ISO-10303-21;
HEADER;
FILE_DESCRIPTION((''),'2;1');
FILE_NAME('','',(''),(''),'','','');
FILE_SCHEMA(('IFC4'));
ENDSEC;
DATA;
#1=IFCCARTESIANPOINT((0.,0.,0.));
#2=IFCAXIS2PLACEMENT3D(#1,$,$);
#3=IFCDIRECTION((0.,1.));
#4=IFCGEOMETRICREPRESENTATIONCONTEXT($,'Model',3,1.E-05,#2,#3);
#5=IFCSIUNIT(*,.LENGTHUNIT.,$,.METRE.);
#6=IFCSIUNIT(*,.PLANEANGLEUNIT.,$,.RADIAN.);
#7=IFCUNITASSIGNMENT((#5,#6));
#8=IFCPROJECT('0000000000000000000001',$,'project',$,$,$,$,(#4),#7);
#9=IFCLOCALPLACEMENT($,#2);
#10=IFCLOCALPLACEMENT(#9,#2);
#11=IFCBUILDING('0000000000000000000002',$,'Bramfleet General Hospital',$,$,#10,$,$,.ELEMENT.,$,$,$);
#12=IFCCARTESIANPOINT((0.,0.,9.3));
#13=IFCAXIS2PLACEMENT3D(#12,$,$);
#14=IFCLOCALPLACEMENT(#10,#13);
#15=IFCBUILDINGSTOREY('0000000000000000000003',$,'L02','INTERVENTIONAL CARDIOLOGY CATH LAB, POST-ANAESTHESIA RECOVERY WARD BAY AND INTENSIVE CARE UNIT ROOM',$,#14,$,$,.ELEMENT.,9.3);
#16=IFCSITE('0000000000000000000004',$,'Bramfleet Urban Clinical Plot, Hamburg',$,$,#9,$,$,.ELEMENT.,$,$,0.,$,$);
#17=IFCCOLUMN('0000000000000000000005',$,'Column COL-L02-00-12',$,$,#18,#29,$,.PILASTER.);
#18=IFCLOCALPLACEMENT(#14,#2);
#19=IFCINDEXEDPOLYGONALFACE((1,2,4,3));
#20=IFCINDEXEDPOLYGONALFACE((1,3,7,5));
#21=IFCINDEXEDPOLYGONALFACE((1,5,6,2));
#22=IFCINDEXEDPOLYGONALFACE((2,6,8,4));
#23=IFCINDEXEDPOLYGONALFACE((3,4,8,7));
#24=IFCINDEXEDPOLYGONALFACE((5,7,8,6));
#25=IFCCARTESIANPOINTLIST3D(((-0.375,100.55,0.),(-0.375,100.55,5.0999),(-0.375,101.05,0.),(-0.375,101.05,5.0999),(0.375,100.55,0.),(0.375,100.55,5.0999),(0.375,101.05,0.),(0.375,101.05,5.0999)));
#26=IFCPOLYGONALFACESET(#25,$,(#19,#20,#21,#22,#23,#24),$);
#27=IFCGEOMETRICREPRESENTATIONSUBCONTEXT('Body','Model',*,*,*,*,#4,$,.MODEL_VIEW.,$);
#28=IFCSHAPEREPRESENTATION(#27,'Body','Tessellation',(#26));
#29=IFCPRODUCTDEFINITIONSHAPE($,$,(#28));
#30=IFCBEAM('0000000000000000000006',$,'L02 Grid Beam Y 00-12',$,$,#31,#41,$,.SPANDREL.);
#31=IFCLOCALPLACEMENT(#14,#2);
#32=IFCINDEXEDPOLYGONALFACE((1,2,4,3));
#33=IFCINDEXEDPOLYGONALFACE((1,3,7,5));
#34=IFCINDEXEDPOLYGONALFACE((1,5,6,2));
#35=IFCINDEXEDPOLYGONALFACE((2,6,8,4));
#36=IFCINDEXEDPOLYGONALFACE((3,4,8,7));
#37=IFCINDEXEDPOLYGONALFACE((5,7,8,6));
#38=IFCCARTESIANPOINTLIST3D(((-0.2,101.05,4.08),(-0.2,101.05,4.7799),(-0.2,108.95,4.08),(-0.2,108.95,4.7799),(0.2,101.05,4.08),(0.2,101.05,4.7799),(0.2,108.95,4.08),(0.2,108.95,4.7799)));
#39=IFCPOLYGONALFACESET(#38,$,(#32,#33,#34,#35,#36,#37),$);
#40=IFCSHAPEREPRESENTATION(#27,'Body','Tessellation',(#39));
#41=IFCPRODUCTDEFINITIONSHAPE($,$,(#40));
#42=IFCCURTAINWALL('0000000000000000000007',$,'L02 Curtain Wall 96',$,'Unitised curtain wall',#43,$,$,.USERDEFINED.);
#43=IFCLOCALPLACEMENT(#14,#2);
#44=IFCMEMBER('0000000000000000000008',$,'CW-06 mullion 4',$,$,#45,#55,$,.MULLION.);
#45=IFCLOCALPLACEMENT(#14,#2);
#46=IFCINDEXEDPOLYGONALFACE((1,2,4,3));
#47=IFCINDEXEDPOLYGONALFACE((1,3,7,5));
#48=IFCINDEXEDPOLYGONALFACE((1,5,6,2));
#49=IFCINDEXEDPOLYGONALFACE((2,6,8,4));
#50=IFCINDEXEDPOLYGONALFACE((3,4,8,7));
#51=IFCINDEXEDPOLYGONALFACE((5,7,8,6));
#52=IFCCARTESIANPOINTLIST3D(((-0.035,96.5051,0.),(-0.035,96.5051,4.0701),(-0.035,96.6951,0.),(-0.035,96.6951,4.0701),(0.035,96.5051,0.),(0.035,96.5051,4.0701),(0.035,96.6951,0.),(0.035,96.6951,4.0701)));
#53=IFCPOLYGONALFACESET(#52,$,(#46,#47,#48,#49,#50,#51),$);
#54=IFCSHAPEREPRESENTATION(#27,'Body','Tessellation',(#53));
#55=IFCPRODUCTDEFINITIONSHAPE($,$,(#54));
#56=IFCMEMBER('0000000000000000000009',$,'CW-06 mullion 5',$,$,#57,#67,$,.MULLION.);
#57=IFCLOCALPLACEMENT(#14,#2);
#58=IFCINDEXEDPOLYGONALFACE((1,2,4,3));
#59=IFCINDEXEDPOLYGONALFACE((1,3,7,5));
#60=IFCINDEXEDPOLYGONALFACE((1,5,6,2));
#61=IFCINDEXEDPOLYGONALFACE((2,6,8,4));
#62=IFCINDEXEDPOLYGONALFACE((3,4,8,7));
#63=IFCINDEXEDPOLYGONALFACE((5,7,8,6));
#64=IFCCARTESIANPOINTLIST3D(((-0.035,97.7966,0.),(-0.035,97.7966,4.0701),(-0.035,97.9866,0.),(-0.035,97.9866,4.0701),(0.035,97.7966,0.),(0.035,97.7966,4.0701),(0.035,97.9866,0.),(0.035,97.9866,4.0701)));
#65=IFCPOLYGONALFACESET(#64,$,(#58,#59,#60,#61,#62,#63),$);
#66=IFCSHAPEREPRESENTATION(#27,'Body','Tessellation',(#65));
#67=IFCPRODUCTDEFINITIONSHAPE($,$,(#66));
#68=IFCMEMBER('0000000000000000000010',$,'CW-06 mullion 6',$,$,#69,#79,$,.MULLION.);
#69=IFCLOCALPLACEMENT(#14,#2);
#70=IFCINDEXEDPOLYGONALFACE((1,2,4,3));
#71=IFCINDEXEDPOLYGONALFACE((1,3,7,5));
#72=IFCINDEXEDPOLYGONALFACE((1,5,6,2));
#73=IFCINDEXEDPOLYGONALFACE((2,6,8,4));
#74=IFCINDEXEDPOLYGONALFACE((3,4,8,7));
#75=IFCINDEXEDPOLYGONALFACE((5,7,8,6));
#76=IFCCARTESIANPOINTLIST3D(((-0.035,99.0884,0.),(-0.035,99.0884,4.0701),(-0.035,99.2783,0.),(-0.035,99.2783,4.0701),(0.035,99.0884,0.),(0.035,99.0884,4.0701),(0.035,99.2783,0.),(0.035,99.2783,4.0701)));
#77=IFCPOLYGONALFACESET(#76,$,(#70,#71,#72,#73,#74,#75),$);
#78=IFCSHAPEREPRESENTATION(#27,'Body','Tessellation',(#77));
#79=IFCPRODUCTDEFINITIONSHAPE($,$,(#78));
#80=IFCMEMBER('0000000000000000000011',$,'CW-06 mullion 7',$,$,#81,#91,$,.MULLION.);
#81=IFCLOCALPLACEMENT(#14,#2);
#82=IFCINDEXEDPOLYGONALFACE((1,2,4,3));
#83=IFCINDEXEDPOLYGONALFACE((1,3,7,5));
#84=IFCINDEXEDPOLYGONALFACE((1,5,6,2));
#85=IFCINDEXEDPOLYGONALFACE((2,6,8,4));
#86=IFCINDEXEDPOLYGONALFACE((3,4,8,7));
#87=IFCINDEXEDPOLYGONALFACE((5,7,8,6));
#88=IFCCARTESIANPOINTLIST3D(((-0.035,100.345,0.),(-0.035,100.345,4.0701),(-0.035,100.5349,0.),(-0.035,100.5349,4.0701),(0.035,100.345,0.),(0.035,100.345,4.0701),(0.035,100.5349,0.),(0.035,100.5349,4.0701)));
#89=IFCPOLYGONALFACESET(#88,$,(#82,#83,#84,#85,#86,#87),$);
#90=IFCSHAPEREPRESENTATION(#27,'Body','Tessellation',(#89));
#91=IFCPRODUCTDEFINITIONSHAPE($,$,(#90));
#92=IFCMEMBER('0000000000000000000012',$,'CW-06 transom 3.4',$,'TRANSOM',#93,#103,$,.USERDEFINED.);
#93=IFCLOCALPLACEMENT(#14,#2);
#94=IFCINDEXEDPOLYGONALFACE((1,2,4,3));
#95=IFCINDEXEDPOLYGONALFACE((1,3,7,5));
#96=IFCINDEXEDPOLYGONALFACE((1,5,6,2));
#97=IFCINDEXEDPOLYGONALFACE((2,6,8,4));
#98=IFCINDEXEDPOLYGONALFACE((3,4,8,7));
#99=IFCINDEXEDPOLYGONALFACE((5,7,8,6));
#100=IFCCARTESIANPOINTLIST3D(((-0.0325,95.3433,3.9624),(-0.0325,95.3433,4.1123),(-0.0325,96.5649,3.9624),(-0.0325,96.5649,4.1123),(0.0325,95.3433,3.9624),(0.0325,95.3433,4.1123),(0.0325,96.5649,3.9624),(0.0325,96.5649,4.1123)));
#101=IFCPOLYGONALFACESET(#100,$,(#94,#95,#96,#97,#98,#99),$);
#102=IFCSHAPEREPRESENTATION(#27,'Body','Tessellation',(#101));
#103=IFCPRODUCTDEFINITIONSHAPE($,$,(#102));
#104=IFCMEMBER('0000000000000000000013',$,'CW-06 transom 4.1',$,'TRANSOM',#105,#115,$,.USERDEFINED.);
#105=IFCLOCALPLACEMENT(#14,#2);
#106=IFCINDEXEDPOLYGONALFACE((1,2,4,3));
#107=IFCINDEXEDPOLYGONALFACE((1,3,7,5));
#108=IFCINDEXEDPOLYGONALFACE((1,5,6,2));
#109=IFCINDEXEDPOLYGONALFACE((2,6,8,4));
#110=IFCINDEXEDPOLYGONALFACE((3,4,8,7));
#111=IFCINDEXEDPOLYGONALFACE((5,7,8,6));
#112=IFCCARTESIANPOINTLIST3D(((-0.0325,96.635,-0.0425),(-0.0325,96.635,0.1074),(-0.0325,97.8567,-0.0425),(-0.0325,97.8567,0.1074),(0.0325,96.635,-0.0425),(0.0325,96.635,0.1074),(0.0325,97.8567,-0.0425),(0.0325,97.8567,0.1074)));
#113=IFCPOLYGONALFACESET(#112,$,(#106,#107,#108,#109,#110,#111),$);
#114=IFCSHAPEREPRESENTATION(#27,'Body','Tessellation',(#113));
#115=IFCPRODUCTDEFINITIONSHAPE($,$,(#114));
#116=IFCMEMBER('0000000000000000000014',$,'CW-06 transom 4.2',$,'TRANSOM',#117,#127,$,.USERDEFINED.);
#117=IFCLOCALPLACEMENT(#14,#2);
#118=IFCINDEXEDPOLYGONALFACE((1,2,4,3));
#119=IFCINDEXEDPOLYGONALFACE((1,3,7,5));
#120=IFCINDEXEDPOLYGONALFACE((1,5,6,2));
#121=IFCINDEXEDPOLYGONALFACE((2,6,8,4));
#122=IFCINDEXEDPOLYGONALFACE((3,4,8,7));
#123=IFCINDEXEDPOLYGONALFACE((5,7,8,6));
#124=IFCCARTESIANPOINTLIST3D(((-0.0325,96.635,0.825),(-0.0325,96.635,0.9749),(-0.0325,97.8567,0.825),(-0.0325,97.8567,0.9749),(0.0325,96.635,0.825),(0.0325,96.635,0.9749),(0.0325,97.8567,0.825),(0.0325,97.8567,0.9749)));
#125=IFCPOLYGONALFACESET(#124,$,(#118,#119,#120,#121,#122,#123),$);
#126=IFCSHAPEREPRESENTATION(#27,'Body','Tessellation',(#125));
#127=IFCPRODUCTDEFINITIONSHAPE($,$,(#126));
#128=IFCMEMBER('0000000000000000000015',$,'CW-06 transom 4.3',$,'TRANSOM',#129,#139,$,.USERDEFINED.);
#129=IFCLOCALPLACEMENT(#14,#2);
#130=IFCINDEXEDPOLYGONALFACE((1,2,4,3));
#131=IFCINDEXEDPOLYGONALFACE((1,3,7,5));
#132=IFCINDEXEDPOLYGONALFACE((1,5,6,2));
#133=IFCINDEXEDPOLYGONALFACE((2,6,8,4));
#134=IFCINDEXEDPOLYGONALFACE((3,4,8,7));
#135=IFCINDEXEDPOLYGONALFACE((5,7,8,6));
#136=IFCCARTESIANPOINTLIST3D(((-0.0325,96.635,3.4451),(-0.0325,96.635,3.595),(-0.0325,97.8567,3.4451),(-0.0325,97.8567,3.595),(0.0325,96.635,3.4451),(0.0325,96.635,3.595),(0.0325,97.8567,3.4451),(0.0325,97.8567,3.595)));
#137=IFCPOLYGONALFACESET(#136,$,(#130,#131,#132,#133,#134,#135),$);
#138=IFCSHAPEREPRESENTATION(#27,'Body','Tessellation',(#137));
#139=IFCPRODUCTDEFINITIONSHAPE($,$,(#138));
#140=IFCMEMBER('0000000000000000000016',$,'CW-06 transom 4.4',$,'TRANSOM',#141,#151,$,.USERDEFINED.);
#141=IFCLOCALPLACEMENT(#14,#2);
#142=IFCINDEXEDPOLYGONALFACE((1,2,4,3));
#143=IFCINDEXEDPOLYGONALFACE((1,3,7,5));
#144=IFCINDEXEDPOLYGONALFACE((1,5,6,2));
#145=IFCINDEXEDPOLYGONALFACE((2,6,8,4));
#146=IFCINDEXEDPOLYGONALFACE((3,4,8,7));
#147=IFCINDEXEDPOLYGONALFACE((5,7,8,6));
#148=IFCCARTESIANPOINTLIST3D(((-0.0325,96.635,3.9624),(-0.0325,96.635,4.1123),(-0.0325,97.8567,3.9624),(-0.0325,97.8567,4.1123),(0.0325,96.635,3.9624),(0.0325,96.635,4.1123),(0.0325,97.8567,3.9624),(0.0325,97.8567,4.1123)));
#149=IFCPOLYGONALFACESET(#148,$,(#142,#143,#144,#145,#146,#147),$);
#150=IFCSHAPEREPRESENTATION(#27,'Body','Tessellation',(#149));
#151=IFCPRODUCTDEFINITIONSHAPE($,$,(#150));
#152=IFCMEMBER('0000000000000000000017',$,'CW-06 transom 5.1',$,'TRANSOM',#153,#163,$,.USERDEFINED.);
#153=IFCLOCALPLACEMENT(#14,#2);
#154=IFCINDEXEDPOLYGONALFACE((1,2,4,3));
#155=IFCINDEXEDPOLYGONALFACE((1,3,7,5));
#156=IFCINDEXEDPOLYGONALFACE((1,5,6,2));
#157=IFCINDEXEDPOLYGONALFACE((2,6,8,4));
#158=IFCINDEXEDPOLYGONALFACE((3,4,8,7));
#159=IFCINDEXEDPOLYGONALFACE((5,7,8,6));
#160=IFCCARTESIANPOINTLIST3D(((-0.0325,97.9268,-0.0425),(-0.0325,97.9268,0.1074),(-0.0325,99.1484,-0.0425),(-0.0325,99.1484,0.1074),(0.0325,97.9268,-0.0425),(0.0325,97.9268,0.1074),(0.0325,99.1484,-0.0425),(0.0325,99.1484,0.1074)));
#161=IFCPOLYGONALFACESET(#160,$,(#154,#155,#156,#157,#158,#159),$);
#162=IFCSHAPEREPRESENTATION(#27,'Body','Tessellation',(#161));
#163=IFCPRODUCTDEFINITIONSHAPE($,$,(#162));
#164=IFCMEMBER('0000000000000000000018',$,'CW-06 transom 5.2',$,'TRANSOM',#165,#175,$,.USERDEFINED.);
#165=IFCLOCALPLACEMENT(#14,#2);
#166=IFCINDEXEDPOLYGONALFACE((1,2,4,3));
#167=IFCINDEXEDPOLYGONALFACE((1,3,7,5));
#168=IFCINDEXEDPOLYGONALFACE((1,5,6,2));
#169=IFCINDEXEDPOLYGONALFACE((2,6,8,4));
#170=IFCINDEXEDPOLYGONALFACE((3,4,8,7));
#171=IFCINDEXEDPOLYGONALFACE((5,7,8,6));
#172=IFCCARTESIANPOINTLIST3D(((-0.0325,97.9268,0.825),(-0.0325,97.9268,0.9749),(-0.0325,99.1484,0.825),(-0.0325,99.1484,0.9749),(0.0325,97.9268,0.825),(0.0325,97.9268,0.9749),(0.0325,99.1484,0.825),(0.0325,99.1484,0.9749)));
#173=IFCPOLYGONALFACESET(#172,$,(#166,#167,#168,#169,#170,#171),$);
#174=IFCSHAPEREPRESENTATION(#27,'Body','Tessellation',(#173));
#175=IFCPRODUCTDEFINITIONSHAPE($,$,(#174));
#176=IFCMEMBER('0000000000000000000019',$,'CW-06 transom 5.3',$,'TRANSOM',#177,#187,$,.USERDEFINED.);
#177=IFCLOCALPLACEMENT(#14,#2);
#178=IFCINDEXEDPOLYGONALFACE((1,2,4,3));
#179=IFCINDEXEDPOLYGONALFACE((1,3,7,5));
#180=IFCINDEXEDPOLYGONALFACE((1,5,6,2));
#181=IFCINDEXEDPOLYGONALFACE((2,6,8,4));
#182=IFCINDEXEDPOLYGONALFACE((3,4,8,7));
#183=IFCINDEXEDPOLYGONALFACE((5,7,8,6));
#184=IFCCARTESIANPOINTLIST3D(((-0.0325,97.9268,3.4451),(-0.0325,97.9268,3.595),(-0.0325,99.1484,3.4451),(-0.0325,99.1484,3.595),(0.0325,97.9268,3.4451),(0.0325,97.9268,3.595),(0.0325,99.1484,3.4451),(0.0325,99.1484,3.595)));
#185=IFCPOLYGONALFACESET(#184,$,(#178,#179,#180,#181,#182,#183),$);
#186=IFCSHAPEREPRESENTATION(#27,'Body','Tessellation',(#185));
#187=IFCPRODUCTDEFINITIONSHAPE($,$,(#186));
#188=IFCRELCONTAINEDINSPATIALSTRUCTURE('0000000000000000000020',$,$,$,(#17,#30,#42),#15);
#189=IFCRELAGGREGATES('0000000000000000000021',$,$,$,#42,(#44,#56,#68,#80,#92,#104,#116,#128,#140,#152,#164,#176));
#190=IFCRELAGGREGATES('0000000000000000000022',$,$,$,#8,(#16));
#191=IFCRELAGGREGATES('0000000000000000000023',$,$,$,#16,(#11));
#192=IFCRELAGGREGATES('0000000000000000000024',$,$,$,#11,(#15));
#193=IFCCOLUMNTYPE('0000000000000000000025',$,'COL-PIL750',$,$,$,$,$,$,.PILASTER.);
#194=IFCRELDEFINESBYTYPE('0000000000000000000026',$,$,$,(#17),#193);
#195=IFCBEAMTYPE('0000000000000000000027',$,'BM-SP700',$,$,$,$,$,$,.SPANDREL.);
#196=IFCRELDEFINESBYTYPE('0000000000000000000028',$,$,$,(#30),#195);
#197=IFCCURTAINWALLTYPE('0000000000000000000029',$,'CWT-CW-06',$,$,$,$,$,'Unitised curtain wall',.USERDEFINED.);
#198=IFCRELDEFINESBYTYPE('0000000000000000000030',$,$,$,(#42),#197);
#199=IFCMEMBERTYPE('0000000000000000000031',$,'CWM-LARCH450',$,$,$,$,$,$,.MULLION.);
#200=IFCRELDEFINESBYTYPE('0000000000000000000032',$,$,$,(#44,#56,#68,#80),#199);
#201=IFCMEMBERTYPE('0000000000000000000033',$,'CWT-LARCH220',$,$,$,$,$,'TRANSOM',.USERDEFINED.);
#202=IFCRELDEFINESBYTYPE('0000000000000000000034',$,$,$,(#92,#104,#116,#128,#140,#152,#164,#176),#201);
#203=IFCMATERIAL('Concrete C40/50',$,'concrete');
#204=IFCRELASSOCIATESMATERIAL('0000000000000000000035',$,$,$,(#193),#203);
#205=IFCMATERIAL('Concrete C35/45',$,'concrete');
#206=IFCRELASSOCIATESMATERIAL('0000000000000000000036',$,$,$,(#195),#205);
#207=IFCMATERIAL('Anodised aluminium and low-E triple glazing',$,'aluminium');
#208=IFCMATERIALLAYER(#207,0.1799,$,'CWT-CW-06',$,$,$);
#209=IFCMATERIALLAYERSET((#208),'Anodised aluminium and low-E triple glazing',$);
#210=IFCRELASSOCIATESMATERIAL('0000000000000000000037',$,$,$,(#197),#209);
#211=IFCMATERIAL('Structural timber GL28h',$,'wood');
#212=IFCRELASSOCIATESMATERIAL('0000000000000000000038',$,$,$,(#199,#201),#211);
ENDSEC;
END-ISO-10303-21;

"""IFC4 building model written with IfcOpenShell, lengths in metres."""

from ifc_helpers import new_model, si_unit, direction, frame, origin, origin_2d, place, context, subcontext, project, spatial, rectangle, extrude, material, layer, layer_set, material_profile, profile_set, type_object, element, aggregate, save


model = new_model("IFC4")

# Units and contexts
model_context = context("Model", 3, precision=1e-05, world=origin(), true_north=direction((0.0, 1.0)))
body_context = subcontext(model_context, "Body", "Model", "MODEL_VIEW")
ifc_project = project(units=[si_unit("LENGTHUNIT", "METRE"), si_unit("PLANEANGLEUNIT", "RADIAN")], contexts=[model_context])

# Site, building, storey
site_placement = place(None, origin())
site = spatial("IfcSite", under=ifc_project, at=site_placement, Name="Bramfleet Urban Clinical Plot, Hamburg", CompositionType="ELEMENT", RefElevation=0.0)
building_placement = place(site_placement, origin())
building = spatial("IfcBuilding", under=site, at=building_placement, Name="Bramfleet General Hospital", CompositionType="ELEMENT")
storey_placement = place(building_placement, frame((0.0, 0.0, 9.3)))
storey = spatial("IfcBuildingStorey", under=building, at=storey_placement, Name="L02", Description="INTERVENTIONAL CARDIOLOGY CATH LAB, POST-ANAESTHESIA RECOVERY WARD BAY AND INTENSIVE CARE UNIT ROOM", CompositionType="ELEMENT", Elevation=9.3)

# Column
ifc_material_1 = material(Name="Concrete C40/50", Category="concrete")
ifc_material_profile_1 = material_profile(ifc_material_1, rectangle(XDim=0.5, YDim=0.75, at=origin_2d()), Name="RC PIL 750x500")
ifc_profile_set_1 = profile_set([ifc_material_profile_1], Name="Concrete C40/50")
column_type = type_object("IfcColumnType", Name="COL-PIL750", PredefinedType="PILASTER", material=ifc_profile_set_1)
column_placement = place(storey_placement, frame((0.0, 100.8, 0.0), z_axis=(0.0, 0.0, 1.0), x_axis=(0.0, 1.0, 0.0)))
element("IfcColumn", 1, at=column_placement, inside=storey, type_object=column_type, Name="Column COL-L02-00-12", PredefinedType="PILASTER", context=body_context, shape_type="SweptSolid", body=[
    extrude(rectangle(XDim=0.5, YDim=0.75, at=origin_2d()), origin(), (0.0, 0.0, 1.0), 5.0999),
])

# Beam
ifc_material_2 = material(Name="Concrete C35/45", Category="concrete")
ifc_material_profile_2 = material_profile(ifc_material_2, rectangle(XDim=0.3999, YDim=0.7, at=origin_2d()), Name="RC SP 700x400")
ifc_profile_set_2 = profile_set([ifc_material_profile_2], Name="Concrete C35/45")
beam_type = type_object("IfcBeamType", Name="BM-SP700", PredefinedType="SPANDREL", material=ifc_profile_set_2)
beam_placement = place(storey_placement, frame((0.0, 101.05, 4.4299), z_axis=(0.0, 1.0, 0.0), x_axis=(-1.0, 0.0, 0.0)))
element("IfcBeam", 2, at=beam_placement, inside=storey, type_object=beam_type, Name="L02 Grid Beam Y 00-12", PredefinedType="SPANDREL", context=body_context, shape_type="SweptSolid", body=[
    extrude(rectangle(XDim=0.3999, YDim=0.7, at=origin_2d()), origin(), (0.0, 0.0, 1.0), 7.8999),
])

# Curtain wall, members
ifc_material_3 = material(Name="Anodised aluminium and low-E triple glazing", Category="aluminium")
ifc_layer_1 = layer(ifc_material_3, 0.1799, Name="CWT-CW-06")
ifc_layer_set_1 = layer_set([ifc_layer_1], Name="Anodised aluminium and low-E triple glazing")
curtain_wall_type = type_object("IfcCurtainWallType", Name="CWT-CW-06", ElementType="Unitised curtain wall", PredefinedType="USERDEFINED", material=ifc_layer_set_1)
curtain_wall_placement = place(storey_placement, origin())
curtain_wall = element("IfcCurtainWall", 3, at=curtain_wall_placement, inside=storey, type_object=curtain_wall_type, Name="L02 Curtain Wall 96", ObjectType="Unitised curtain wall", PredefinedType="USERDEFINED")
ifc_material_4 = material(Name="Structural timber GL28h", Category="wood")
ifc_material_profile_3 = material_profile(ifc_material_4, rectangle(XDim=0.0701, YDim=0.1899, at=origin_2d()), Name="LARCH 190x70")
ifc_profile_set_3 = profile_set([ifc_material_profile_3], Name="Structural timber GL28h")
member_type_1 = type_object("IfcMemberType", Name="CWM-LARCH450", PredefinedType="MULLION", material=ifc_profile_set_3)
member_1_placement = place(storey_placement, frame((0.0, 96.6001, 0.0), z_axis=(0.0, 0.0, 1.0), x_axis=(-1.0, 0.0, 0.0)))
member_1 = element("IfcMember", 4, at=member_1_placement, type_object=member_type_1, Name="CW-06 mullion 4", PredefinedType="MULLION", context=body_context, shape_type="SweptSolid", body=[
    extrude(rectangle(XDim=0.0701, YDim=0.1899, at=origin_2d()), origin(), (0.0, 0.0, 1.0), 4.0701),
])
member_2_placement = place(storey_placement, frame((0.0, 97.8916, 0.0), z_axis=(0.0, 0.0, 1.0), x_axis=(-1.0, 0.0, 0.0)))
member_2 = element("IfcMember", 5, at=member_2_placement, type_object=member_type_1, Name="CW-06 mullion 5", PredefinedType="MULLION", context=body_context, shape_type="SweptSolid", body=[
    extrude(rectangle(XDim=0.0701, YDim=0.1899, at=origin_2d()), origin(), (0.0, 0.0, 1.0), 4.0701),
])
member_3_placement = place(storey_placement, frame((0.0, 99.1833, 0.0), z_axis=(0.0, 0.0, 1.0), x_axis=(-1.0, 0.0, 0.0)))
member_3 = element("IfcMember", 6, at=member_3_placement, type_object=member_type_1, Name="CW-06 mullion 6", PredefinedType="MULLION", context=body_context, shape_type="SweptSolid", body=[
    extrude(rectangle(XDim=0.0701, YDim=0.1899, at=origin_2d()), origin(), (0.0, 0.0, 1.0), 4.0701),
])
member_4_placement = place(storey_placement, frame((0.0, 100.4399, 0.0), z_axis=(0.0, 0.0, 1.0), x_axis=(-1.0, 0.0, 0.0)))
member_4 = element("IfcMember", 7, at=member_4_placement, type_object=member_type_1, Name="CW-06 mullion 7", PredefinedType="MULLION", context=body_context, shape_type="SweptSolid", body=[
    extrude(rectangle(XDim=0.0701, YDim=0.1899, at=origin_2d()), origin(), (0.0, 0.0, 1.0), 4.0701),
])
ifc_material_profile_4 = material_profile(ifc_material_4, rectangle(XDim=0.0649, YDim=0.1499, at=origin_2d()), Name="LARCH 150x65")
ifc_profile_set_4 = profile_set([ifc_material_profile_4], Name="Structural timber GL28h")
member_type_2 = type_object("IfcMemberType", Name="CWT-LARCH220", ElementType="TRANSOM", PredefinedType="USERDEFINED", material=ifc_profile_set_4)
member_5_placement = place(storey_placement, frame((0.0, 95.3433, 4.0374), z_axis=(0.0, 1.0, 0.0), x_axis=(-1.0, 0.0, 0.0)))
member_5 = element("IfcMember", 8, at=member_5_placement, type_object=member_type_2, Name="CW-06 transom 3.4", ObjectType="TRANSOM", PredefinedType="USERDEFINED", context=body_context, shape_type="SweptSolid", body=[
    extrude(rectangle(XDim=0.0649, YDim=0.1499, at=origin_2d()), origin(), (0.0, 0.0, 1.0), 1.2217),
])
member_6_placement = place(storey_placement, frame((0.0, 96.635, 0.0325), z_axis=(0.0, 1.0, 0.0), x_axis=(-1.0, 0.0, 0.0)))
member_6 = element("IfcMember", 9, at=member_6_placement, type_object=member_type_2, Name="CW-06 transom 4.1", ObjectType="TRANSOM", PredefinedType="USERDEFINED", context=body_context, shape_type="SweptSolid", body=[
    extrude(rectangle(XDim=0.0649, YDim=0.1499, at=origin_2d()), origin(), (0.0, 0.0, 1.0), 1.2217),
])
member_7_placement = place(storey_placement, frame((0.0, 96.635, 0.8999), z_axis=(0.0, 1.0, 0.0), x_axis=(-1.0, 0.0, 0.0)))
member_7 = element("IfcMember", 10, at=member_7_placement, type_object=member_type_2, Name="CW-06 transom 4.2", ObjectType="TRANSOM", PredefinedType="USERDEFINED", context=body_context, shape_type="SweptSolid", body=[
    extrude(rectangle(XDim=0.0649, YDim=0.1499, at=origin_2d()), origin(), (0.0, 0.0, 1.0), 1.2217),
])
member_8_placement = place(storey_placement, frame((0.0, 96.635, 3.52), z_axis=(0.0, 1.0, 0.0), x_axis=(-1.0, 0.0, 0.0)))
member_8 = element("IfcMember", 11, at=member_8_placement, type_object=member_type_2, Name="CW-06 transom 4.3", ObjectType="TRANSOM", PredefinedType="USERDEFINED", context=body_context, shape_type="SweptSolid", body=[
    extrude(rectangle(XDim=0.0649, YDim=0.1499, at=origin_2d()), origin(), (0.0, 0.0, 1.0), 1.2217),
])
member_9_placement = place(storey_placement, frame((0.0, 96.635, 4.0374), z_axis=(0.0, 1.0, 0.0), x_axis=(-1.0, 0.0, 0.0)))
member_9 = element("IfcMember", 12, at=member_9_placement, type_object=member_type_2, Name="CW-06 transom 4.4", ObjectType="TRANSOM", PredefinedType="USERDEFINED", context=body_context, shape_type="SweptSolid", body=[
    extrude(rectangle(XDim=0.0649, YDim=0.1499, at=origin_2d()), origin(), (0.0, 0.0, 1.0), 1.2217),
])
member_10_placement = place(storey_placement, frame((0.0, 97.9268, 0.0325), z_axis=(0.0, 1.0, 0.0), x_axis=(-1.0, 0.0, 0.0)))
member_10 = element("IfcMember", 13, at=member_10_placement, type_object=member_type_2, Name="CW-06 transom 5.1", ObjectType="TRANSOM", PredefinedType="USERDEFINED", context=body_context, shape_type="SweptSolid", body=[
    extrude(rectangle(XDim=0.0649, YDim=0.1499, at=origin_2d()), origin(), (0.0, 0.0, 1.0), 1.2217),
])
member_11_placement = place(storey_placement, frame((0.0, 97.9268, 0.8999), z_axis=(0.0, 1.0, 0.0), x_axis=(-1.0, 0.0, 0.0)))
member_11 = element("IfcMember", 14, at=member_11_placement, type_object=member_type_2, Name="CW-06 transom 5.2", ObjectType="TRANSOM", PredefinedType="USERDEFINED", context=body_context, shape_type="SweptSolid", body=[
    extrude(rectangle(XDim=0.0649, YDim=0.1499, at=origin_2d()), origin(), (0.0, 0.0, 1.0), 1.2217),
])
member_12_placement = place(storey_placement, frame((0.0, 97.9268, 3.52), z_axis=(0.0, 1.0, 0.0), x_axis=(-1.0, 0.0, 0.0)))
member_12 = element("IfcMember", 15, at=member_12_placement, type_object=member_type_2, Name="CW-06 transom 5.3", ObjectType="TRANSOM", PredefinedType="USERDEFINED", context=body_context, shape_type="SweptSolid", body=[
    extrude(rectangle(XDim=0.0649, YDim=0.1499, at=origin_2d()), origin(), (0.0, 0.0, 1.0), 1.2217),
])
aggregate(curtain_wall, [member_1, member_2, member_3, member_4, member_5, member_6, member_7, member_8, member_9, member_10, member_11, member_12])

save(model, "model.ifc")
